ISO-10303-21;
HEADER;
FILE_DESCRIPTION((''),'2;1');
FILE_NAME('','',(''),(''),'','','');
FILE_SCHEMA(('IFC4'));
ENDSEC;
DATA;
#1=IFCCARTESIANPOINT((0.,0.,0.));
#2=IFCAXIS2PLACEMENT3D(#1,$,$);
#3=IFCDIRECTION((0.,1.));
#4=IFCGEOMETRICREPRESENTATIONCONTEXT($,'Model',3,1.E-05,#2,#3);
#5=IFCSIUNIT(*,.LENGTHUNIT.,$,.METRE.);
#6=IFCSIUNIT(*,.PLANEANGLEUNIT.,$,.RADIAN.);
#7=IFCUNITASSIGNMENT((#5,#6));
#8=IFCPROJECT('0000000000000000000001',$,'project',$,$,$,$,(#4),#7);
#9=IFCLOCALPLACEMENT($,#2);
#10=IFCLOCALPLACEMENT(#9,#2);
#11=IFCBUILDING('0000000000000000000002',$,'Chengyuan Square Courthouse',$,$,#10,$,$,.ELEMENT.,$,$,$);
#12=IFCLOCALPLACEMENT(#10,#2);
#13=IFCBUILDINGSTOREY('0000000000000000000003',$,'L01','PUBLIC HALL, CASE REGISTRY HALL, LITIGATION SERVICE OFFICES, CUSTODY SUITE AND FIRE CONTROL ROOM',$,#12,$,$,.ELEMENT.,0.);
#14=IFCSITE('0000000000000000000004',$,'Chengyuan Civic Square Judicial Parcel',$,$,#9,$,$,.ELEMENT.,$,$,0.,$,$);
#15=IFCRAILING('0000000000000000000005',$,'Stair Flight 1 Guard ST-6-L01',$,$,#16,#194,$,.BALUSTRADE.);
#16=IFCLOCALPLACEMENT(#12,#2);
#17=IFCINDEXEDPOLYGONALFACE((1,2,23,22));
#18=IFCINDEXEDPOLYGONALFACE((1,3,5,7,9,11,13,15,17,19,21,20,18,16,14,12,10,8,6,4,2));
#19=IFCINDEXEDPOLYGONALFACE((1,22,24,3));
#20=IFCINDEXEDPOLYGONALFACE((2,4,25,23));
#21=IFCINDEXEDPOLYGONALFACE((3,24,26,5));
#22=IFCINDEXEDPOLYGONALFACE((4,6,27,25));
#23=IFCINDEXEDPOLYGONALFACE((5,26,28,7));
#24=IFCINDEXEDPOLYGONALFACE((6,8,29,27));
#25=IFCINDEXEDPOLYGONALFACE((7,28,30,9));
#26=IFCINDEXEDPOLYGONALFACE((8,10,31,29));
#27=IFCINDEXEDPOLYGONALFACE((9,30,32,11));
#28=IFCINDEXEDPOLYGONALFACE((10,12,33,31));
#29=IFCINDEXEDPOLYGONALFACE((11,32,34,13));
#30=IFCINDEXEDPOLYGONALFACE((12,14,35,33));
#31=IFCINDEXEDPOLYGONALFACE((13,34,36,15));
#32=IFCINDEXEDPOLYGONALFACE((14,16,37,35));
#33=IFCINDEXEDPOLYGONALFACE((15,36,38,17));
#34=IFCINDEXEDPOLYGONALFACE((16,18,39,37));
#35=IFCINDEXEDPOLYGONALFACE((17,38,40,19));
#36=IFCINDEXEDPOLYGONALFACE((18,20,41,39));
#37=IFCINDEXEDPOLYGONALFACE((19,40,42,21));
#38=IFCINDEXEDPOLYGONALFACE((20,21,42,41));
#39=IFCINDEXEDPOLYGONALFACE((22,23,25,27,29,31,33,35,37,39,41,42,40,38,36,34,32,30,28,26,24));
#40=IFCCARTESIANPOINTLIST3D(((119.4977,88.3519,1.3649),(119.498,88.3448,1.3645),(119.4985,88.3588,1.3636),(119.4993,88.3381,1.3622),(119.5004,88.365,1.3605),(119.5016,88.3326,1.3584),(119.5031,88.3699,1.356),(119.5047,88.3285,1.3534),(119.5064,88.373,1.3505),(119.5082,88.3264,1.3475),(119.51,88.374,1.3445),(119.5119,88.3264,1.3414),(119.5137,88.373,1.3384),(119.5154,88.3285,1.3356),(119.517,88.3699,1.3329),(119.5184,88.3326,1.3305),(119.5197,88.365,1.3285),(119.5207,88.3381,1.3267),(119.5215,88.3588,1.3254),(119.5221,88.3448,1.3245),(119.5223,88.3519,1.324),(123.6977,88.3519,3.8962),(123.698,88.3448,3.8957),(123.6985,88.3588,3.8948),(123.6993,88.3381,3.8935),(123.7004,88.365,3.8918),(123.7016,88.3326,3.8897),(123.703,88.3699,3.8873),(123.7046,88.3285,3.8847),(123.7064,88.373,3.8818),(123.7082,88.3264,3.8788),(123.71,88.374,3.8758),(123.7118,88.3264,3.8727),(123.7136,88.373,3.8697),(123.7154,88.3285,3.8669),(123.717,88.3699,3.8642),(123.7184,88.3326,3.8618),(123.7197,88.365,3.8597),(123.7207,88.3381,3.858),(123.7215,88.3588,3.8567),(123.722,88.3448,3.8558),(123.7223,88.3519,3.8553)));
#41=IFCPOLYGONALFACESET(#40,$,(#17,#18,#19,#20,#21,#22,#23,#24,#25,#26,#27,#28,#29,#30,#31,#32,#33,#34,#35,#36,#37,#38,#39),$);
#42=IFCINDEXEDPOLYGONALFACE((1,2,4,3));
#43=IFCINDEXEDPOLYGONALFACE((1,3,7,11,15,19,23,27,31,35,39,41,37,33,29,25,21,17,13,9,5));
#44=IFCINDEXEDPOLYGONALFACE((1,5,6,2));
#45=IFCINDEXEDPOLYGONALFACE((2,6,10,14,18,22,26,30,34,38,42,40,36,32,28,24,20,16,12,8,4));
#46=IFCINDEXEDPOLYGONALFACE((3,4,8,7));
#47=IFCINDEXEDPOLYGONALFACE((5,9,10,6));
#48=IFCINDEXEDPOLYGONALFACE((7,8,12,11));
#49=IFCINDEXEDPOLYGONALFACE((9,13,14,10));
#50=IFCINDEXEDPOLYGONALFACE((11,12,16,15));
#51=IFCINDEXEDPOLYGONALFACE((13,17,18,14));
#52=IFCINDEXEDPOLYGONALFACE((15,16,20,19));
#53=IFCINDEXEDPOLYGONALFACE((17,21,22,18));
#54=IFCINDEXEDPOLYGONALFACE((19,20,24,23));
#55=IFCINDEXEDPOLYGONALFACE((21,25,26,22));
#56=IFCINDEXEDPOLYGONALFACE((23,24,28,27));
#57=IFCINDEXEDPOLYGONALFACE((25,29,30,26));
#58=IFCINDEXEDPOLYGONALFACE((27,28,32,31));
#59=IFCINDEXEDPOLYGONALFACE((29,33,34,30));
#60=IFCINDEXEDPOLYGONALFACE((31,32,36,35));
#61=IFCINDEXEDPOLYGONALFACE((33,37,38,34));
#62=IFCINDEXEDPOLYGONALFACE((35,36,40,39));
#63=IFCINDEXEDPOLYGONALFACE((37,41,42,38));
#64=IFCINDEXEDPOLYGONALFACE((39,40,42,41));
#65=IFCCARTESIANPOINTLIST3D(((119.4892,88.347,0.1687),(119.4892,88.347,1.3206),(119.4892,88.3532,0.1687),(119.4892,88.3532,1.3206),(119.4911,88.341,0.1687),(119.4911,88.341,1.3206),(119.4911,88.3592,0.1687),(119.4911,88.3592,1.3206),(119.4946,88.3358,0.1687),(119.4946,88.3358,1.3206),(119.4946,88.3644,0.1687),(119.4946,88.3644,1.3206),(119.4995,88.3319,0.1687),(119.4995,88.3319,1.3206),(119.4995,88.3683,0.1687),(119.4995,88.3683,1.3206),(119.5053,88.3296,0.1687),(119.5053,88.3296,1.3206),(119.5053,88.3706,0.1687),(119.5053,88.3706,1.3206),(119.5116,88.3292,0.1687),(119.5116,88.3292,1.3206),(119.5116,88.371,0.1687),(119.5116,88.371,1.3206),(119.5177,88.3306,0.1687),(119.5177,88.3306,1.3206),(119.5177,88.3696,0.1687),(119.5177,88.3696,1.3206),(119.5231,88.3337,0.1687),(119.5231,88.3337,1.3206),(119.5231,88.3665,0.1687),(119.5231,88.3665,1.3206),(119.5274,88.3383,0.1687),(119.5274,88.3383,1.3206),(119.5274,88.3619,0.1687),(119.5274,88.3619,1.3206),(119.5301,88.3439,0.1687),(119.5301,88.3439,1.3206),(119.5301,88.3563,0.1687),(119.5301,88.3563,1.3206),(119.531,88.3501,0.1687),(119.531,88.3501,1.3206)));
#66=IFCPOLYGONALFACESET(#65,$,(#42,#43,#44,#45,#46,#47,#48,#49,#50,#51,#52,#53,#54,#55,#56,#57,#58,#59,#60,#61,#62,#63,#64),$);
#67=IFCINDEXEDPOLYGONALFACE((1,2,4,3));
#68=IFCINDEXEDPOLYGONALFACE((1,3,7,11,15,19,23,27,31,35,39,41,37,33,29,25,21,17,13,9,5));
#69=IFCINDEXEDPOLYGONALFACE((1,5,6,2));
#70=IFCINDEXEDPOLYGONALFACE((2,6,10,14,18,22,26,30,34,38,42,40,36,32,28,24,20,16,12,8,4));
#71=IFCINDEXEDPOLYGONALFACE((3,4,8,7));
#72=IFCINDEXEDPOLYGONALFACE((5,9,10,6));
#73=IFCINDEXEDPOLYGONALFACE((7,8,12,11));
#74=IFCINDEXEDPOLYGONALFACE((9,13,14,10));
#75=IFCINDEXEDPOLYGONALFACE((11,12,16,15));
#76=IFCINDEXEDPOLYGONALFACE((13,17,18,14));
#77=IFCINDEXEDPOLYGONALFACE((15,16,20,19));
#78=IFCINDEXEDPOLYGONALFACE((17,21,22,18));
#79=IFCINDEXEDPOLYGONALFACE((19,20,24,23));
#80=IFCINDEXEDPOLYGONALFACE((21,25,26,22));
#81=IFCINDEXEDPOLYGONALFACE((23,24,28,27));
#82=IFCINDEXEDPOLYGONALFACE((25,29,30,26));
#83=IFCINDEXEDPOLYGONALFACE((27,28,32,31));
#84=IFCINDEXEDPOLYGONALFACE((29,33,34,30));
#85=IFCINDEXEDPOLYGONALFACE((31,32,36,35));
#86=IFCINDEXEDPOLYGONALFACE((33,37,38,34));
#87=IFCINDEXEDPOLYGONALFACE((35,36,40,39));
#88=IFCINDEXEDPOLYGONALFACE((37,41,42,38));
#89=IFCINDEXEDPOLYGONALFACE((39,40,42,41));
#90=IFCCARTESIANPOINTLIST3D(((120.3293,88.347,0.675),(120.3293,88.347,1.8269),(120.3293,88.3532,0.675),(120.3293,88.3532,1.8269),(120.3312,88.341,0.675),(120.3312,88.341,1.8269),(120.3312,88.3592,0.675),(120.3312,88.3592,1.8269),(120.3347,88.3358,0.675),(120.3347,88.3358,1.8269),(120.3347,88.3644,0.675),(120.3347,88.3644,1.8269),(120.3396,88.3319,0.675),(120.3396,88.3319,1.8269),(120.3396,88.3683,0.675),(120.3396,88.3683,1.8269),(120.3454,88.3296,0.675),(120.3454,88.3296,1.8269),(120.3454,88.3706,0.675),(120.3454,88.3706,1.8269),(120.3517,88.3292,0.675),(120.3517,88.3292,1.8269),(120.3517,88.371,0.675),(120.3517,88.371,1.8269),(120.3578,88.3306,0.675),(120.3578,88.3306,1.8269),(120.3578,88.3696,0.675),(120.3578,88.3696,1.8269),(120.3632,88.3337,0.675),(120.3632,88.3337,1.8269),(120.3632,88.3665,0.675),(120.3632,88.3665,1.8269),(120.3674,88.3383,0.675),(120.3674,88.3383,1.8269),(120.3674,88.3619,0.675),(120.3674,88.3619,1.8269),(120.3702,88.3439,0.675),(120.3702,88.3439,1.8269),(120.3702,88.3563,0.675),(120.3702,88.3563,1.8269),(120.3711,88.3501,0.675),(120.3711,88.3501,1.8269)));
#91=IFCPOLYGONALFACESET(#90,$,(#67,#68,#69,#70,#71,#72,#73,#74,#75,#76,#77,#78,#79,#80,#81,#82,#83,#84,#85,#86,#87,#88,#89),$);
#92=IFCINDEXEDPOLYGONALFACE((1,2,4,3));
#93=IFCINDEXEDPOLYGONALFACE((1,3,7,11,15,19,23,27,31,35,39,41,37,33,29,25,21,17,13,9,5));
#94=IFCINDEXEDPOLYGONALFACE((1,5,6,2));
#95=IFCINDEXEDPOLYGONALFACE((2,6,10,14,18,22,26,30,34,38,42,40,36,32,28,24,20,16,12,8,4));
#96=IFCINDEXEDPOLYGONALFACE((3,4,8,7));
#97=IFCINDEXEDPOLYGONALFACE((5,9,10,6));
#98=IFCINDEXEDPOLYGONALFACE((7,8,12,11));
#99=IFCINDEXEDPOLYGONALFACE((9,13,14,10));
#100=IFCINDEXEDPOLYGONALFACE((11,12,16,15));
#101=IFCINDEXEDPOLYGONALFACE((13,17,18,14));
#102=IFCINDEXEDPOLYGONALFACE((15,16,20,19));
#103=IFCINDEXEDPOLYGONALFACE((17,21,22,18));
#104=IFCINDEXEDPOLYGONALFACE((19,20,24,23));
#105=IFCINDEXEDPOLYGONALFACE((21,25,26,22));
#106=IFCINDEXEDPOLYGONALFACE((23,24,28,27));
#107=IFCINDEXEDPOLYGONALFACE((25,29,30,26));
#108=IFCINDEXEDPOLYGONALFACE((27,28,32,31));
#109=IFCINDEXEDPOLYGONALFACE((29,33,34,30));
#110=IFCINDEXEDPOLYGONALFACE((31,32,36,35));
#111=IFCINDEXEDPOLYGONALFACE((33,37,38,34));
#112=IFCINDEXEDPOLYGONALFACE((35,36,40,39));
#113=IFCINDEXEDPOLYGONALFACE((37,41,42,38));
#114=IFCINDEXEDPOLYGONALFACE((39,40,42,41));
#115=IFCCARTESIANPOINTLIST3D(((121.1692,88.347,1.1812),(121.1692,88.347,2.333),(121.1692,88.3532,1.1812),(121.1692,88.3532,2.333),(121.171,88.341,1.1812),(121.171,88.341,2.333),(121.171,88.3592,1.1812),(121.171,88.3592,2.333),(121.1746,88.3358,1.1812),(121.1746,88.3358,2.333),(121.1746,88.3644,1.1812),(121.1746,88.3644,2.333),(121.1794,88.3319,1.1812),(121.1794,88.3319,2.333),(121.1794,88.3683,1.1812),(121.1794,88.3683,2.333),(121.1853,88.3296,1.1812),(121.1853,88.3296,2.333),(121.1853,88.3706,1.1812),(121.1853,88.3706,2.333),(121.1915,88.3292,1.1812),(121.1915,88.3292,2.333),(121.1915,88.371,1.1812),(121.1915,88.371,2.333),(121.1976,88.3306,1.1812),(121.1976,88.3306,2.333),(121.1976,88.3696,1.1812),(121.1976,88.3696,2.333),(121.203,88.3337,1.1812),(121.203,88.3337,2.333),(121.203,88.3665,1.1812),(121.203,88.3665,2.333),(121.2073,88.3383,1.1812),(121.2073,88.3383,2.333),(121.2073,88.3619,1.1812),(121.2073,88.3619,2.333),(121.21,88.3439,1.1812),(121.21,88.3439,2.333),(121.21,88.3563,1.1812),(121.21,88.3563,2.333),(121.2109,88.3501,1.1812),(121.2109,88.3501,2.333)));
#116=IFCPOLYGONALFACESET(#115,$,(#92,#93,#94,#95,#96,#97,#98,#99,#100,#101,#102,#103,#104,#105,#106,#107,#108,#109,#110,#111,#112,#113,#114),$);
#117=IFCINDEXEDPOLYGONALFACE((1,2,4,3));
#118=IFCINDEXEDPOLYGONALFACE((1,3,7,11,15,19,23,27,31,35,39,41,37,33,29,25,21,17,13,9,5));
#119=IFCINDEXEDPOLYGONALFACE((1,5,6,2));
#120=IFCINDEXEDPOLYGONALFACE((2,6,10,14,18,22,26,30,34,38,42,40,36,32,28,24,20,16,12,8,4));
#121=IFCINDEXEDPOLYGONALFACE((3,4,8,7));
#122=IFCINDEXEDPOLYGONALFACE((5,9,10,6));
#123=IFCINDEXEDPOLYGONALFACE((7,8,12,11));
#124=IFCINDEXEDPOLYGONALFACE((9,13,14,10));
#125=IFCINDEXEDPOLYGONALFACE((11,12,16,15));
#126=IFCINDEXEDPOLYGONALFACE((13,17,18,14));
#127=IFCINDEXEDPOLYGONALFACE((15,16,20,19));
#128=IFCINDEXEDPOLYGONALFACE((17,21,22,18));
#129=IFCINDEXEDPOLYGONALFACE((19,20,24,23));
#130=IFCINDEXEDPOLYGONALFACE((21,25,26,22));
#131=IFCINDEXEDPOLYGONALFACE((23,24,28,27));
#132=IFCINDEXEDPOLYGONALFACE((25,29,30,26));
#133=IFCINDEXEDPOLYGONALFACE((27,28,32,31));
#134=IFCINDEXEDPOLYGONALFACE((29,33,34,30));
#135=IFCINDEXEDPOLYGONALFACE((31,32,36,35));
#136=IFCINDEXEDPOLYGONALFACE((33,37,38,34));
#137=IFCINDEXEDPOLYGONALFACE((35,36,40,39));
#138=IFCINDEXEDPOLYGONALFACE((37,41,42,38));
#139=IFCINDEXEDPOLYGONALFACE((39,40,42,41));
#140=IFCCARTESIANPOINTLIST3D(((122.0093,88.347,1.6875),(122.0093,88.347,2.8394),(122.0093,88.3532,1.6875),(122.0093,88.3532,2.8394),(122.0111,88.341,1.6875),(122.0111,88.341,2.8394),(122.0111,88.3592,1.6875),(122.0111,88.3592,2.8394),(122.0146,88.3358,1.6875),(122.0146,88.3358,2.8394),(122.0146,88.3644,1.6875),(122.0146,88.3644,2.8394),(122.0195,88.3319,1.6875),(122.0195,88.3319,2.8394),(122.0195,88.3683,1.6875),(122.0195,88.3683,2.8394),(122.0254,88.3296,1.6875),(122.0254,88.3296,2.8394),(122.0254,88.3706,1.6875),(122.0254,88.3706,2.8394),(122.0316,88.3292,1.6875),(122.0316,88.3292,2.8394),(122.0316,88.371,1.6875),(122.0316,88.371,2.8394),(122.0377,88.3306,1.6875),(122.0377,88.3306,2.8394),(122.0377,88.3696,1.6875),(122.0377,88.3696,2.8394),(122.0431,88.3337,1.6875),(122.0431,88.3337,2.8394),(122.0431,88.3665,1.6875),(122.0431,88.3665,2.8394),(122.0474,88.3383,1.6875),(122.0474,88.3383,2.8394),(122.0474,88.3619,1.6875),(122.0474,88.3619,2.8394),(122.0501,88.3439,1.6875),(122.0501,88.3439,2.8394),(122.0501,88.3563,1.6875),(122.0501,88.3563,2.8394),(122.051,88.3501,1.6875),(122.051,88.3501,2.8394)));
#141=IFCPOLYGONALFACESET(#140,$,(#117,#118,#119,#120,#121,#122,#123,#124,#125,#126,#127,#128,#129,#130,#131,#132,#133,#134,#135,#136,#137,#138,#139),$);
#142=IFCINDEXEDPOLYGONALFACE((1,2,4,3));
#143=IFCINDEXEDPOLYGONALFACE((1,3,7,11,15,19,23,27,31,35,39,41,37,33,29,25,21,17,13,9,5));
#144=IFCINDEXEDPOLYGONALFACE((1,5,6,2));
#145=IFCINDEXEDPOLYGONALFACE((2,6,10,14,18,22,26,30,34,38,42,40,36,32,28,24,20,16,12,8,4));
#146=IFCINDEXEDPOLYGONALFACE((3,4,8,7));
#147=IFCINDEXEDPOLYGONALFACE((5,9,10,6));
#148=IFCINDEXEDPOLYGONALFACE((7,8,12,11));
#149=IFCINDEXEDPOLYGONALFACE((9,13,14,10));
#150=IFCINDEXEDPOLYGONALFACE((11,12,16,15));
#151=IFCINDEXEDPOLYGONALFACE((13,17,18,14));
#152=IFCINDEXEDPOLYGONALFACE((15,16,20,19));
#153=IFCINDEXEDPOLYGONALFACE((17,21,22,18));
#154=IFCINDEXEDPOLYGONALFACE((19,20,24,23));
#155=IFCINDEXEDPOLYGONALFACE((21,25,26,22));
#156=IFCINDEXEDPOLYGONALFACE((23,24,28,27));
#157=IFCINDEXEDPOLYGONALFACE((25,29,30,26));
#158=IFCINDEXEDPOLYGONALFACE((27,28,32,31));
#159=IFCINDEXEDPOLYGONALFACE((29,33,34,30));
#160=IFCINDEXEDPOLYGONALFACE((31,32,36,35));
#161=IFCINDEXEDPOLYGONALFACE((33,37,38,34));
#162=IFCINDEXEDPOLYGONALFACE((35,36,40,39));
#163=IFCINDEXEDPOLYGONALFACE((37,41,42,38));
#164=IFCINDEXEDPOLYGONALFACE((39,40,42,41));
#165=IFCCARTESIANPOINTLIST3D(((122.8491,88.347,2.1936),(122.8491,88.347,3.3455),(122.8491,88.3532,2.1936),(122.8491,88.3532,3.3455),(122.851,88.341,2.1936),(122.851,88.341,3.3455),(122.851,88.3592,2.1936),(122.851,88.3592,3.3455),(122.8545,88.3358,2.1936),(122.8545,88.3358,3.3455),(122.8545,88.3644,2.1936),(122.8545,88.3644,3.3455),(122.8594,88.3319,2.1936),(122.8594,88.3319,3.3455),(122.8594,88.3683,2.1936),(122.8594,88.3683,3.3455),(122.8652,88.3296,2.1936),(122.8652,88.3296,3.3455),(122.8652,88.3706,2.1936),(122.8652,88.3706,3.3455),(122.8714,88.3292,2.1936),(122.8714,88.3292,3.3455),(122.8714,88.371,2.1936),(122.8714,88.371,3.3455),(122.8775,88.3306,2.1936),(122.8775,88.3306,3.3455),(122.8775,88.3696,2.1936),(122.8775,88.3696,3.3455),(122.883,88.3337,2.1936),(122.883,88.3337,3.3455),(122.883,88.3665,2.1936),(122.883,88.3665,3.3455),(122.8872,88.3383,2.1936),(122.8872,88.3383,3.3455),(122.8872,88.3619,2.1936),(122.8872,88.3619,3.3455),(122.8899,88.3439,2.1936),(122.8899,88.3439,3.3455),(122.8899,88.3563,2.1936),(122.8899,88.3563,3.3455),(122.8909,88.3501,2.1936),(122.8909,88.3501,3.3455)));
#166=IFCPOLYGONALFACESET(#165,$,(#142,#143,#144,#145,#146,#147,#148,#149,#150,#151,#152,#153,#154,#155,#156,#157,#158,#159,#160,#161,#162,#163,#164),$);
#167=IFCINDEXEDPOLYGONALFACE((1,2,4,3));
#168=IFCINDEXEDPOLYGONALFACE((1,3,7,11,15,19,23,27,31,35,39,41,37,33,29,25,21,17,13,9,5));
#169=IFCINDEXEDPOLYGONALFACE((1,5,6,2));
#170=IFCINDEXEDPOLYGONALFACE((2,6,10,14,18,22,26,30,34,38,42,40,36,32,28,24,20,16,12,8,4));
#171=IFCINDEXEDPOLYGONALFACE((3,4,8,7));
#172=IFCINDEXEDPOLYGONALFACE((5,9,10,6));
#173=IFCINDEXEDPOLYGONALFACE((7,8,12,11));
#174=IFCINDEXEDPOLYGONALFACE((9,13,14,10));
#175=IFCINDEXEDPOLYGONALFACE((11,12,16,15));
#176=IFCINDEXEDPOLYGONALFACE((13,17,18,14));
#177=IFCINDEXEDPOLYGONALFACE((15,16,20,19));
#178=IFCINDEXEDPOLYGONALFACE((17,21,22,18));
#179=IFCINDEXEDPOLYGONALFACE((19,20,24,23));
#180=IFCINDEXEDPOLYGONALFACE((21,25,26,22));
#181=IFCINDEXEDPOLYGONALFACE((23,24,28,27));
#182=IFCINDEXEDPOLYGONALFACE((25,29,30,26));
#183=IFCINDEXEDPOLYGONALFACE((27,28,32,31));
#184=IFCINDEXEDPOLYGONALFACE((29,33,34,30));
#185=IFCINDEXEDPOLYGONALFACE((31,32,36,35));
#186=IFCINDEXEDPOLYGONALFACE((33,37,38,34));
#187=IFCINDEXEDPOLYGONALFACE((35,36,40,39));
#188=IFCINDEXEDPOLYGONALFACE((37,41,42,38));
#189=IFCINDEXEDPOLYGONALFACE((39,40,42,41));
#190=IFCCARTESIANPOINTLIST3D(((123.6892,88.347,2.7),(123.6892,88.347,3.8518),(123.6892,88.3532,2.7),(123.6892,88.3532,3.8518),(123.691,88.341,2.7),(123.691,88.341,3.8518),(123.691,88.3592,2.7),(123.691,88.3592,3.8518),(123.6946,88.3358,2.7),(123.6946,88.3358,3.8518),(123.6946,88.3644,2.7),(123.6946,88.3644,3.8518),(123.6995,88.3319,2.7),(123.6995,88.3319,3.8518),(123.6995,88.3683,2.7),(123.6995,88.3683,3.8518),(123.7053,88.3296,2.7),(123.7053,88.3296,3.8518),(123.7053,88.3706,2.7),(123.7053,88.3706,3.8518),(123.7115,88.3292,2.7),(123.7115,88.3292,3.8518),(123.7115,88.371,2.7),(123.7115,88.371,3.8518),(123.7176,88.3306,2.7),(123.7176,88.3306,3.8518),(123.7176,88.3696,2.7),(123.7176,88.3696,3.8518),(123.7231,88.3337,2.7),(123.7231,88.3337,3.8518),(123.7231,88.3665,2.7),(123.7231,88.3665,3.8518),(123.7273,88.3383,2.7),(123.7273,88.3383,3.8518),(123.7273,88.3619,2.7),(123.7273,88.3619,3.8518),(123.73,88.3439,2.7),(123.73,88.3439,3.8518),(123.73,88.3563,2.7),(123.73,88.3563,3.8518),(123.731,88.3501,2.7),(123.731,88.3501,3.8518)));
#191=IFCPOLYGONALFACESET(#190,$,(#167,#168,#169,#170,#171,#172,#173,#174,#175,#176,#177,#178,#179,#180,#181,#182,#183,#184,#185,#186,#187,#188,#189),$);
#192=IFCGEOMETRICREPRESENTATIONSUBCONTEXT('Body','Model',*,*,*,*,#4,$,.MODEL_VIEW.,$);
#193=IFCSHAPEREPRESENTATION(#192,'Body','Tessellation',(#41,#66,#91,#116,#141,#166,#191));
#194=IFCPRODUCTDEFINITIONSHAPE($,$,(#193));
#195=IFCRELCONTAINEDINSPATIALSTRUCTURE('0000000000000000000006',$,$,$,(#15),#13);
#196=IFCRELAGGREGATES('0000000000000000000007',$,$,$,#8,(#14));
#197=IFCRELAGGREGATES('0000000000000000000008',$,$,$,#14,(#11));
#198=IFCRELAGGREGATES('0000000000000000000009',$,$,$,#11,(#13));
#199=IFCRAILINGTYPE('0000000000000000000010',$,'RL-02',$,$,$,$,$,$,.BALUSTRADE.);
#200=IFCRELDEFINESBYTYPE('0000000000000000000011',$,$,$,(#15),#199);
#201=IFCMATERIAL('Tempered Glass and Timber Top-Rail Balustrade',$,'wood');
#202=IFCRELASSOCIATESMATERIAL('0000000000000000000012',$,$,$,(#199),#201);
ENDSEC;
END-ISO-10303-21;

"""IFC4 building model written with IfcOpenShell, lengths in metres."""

from ifc_helpers import new_model, si_unit, direction, frame, origin, origin_2d, place, context, subcontext, project, spatial, circle, extrude, material, type_object, element, save


model = new_model("IFC4")

# Units and contexts
model_context = context("Model", 3, precision=1e-05, world=origin(), true_north=direction((0.0, 1.0)))
body_context = subcontext(model_context, "Body", "Model", "MODEL_VIEW")
ifc_project = project(units=[si_unit("LENGTHUNIT", "METRE"), si_unit("PLANEANGLEUNIT", "RADIAN")], contexts=[model_context])

# Site, building, storey
site_placement = place(None, origin())
site = spatial("IfcSite", under=ifc_project, at=site_placement, Name="Chengyuan Civic Square Judicial Parcel", CompositionType="ELEMENT", RefElevation=0.0)
building_placement = place(site_placement, origin())
building = spatial("IfcBuilding", under=site, at=building_placement, Name="Chengyuan Square Courthouse", CompositionType="ELEMENT")
storey_placement = place(building_placement, origin())
storey = spatial("IfcBuildingStorey", under=building, at=storey_placement, Name="L01", Description="PUBLIC HALL, CASE REGISTRY HALL, LITIGATION SERVICE OFFICES, CUSTODY SUITE AND FIRE CONTROL ROOM", CompositionType="ELEMENT", Elevation=0.0)

# Railing
ifc_material_1 = material(Name="Tempered Glass and Timber Top-Rail Balustrade", Category="wood")
railing_type_1 = type_object("IfcRailingType", Name="RL-02", PredefinedType="BALUSTRADE", material=ifc_material_1)
railing_1_placement = place(storey_placement, frame((119.51, 88.3501, 0.1687)))
element("IfcRailing", 1, at=railing_1_placement, inside=storey, type_object=railing_type_1, Name="Stair Flight 1 Guard ST-6-L01", PredefinedType="BALUSTRADE", context=body_context, shape_type="SweptSolid", body=[
    extrude(circle(Radius=0.0239, at=origin_2d()), frame((0.0, 0.0, 1.1758), z_axis=(0.856476, 0.0, 0.516186), x_axis=(0.0, 1.0, 0.0)), (0.0, 0.0, 1.0), 4.9038),
    extrude(circle(Radius=0.021, at=origin_2d()), origin(), (0.0, 0.0, 1.0), 1.1519),
    extrude(circle(Radius=0.021, at=origin_2d()), frame((0.8401, 0.0, 0.5063)), (0.0, 0.0, 1.0), 1.1519),
    extrude(circle(Radius=0.021, at=origin_2d()), frame((1.6799, 0.0, 1.0125)), (0.0, 0.0, 1.0), 1.1519),
    extrude(circle(Radius=0.021, at=origin_2d()), frame((2.52, 0.0, 1.5188)), (0.0, 0.0, 1.0), 1.1519),
    extrude(circle(Radius=0.021, at=origin_2d()), frame((3.3599, 0.0, 2.0249)), (0.0, 0.0, 1.0), 1.1519),
    extrude(circle(Radius=0.021, at=origin_2d()), frame((4.2, 0.0, 2.5312)), (0.0, 0.0, 1.0), 1.1519),
])

save(model, "model.ifc")
